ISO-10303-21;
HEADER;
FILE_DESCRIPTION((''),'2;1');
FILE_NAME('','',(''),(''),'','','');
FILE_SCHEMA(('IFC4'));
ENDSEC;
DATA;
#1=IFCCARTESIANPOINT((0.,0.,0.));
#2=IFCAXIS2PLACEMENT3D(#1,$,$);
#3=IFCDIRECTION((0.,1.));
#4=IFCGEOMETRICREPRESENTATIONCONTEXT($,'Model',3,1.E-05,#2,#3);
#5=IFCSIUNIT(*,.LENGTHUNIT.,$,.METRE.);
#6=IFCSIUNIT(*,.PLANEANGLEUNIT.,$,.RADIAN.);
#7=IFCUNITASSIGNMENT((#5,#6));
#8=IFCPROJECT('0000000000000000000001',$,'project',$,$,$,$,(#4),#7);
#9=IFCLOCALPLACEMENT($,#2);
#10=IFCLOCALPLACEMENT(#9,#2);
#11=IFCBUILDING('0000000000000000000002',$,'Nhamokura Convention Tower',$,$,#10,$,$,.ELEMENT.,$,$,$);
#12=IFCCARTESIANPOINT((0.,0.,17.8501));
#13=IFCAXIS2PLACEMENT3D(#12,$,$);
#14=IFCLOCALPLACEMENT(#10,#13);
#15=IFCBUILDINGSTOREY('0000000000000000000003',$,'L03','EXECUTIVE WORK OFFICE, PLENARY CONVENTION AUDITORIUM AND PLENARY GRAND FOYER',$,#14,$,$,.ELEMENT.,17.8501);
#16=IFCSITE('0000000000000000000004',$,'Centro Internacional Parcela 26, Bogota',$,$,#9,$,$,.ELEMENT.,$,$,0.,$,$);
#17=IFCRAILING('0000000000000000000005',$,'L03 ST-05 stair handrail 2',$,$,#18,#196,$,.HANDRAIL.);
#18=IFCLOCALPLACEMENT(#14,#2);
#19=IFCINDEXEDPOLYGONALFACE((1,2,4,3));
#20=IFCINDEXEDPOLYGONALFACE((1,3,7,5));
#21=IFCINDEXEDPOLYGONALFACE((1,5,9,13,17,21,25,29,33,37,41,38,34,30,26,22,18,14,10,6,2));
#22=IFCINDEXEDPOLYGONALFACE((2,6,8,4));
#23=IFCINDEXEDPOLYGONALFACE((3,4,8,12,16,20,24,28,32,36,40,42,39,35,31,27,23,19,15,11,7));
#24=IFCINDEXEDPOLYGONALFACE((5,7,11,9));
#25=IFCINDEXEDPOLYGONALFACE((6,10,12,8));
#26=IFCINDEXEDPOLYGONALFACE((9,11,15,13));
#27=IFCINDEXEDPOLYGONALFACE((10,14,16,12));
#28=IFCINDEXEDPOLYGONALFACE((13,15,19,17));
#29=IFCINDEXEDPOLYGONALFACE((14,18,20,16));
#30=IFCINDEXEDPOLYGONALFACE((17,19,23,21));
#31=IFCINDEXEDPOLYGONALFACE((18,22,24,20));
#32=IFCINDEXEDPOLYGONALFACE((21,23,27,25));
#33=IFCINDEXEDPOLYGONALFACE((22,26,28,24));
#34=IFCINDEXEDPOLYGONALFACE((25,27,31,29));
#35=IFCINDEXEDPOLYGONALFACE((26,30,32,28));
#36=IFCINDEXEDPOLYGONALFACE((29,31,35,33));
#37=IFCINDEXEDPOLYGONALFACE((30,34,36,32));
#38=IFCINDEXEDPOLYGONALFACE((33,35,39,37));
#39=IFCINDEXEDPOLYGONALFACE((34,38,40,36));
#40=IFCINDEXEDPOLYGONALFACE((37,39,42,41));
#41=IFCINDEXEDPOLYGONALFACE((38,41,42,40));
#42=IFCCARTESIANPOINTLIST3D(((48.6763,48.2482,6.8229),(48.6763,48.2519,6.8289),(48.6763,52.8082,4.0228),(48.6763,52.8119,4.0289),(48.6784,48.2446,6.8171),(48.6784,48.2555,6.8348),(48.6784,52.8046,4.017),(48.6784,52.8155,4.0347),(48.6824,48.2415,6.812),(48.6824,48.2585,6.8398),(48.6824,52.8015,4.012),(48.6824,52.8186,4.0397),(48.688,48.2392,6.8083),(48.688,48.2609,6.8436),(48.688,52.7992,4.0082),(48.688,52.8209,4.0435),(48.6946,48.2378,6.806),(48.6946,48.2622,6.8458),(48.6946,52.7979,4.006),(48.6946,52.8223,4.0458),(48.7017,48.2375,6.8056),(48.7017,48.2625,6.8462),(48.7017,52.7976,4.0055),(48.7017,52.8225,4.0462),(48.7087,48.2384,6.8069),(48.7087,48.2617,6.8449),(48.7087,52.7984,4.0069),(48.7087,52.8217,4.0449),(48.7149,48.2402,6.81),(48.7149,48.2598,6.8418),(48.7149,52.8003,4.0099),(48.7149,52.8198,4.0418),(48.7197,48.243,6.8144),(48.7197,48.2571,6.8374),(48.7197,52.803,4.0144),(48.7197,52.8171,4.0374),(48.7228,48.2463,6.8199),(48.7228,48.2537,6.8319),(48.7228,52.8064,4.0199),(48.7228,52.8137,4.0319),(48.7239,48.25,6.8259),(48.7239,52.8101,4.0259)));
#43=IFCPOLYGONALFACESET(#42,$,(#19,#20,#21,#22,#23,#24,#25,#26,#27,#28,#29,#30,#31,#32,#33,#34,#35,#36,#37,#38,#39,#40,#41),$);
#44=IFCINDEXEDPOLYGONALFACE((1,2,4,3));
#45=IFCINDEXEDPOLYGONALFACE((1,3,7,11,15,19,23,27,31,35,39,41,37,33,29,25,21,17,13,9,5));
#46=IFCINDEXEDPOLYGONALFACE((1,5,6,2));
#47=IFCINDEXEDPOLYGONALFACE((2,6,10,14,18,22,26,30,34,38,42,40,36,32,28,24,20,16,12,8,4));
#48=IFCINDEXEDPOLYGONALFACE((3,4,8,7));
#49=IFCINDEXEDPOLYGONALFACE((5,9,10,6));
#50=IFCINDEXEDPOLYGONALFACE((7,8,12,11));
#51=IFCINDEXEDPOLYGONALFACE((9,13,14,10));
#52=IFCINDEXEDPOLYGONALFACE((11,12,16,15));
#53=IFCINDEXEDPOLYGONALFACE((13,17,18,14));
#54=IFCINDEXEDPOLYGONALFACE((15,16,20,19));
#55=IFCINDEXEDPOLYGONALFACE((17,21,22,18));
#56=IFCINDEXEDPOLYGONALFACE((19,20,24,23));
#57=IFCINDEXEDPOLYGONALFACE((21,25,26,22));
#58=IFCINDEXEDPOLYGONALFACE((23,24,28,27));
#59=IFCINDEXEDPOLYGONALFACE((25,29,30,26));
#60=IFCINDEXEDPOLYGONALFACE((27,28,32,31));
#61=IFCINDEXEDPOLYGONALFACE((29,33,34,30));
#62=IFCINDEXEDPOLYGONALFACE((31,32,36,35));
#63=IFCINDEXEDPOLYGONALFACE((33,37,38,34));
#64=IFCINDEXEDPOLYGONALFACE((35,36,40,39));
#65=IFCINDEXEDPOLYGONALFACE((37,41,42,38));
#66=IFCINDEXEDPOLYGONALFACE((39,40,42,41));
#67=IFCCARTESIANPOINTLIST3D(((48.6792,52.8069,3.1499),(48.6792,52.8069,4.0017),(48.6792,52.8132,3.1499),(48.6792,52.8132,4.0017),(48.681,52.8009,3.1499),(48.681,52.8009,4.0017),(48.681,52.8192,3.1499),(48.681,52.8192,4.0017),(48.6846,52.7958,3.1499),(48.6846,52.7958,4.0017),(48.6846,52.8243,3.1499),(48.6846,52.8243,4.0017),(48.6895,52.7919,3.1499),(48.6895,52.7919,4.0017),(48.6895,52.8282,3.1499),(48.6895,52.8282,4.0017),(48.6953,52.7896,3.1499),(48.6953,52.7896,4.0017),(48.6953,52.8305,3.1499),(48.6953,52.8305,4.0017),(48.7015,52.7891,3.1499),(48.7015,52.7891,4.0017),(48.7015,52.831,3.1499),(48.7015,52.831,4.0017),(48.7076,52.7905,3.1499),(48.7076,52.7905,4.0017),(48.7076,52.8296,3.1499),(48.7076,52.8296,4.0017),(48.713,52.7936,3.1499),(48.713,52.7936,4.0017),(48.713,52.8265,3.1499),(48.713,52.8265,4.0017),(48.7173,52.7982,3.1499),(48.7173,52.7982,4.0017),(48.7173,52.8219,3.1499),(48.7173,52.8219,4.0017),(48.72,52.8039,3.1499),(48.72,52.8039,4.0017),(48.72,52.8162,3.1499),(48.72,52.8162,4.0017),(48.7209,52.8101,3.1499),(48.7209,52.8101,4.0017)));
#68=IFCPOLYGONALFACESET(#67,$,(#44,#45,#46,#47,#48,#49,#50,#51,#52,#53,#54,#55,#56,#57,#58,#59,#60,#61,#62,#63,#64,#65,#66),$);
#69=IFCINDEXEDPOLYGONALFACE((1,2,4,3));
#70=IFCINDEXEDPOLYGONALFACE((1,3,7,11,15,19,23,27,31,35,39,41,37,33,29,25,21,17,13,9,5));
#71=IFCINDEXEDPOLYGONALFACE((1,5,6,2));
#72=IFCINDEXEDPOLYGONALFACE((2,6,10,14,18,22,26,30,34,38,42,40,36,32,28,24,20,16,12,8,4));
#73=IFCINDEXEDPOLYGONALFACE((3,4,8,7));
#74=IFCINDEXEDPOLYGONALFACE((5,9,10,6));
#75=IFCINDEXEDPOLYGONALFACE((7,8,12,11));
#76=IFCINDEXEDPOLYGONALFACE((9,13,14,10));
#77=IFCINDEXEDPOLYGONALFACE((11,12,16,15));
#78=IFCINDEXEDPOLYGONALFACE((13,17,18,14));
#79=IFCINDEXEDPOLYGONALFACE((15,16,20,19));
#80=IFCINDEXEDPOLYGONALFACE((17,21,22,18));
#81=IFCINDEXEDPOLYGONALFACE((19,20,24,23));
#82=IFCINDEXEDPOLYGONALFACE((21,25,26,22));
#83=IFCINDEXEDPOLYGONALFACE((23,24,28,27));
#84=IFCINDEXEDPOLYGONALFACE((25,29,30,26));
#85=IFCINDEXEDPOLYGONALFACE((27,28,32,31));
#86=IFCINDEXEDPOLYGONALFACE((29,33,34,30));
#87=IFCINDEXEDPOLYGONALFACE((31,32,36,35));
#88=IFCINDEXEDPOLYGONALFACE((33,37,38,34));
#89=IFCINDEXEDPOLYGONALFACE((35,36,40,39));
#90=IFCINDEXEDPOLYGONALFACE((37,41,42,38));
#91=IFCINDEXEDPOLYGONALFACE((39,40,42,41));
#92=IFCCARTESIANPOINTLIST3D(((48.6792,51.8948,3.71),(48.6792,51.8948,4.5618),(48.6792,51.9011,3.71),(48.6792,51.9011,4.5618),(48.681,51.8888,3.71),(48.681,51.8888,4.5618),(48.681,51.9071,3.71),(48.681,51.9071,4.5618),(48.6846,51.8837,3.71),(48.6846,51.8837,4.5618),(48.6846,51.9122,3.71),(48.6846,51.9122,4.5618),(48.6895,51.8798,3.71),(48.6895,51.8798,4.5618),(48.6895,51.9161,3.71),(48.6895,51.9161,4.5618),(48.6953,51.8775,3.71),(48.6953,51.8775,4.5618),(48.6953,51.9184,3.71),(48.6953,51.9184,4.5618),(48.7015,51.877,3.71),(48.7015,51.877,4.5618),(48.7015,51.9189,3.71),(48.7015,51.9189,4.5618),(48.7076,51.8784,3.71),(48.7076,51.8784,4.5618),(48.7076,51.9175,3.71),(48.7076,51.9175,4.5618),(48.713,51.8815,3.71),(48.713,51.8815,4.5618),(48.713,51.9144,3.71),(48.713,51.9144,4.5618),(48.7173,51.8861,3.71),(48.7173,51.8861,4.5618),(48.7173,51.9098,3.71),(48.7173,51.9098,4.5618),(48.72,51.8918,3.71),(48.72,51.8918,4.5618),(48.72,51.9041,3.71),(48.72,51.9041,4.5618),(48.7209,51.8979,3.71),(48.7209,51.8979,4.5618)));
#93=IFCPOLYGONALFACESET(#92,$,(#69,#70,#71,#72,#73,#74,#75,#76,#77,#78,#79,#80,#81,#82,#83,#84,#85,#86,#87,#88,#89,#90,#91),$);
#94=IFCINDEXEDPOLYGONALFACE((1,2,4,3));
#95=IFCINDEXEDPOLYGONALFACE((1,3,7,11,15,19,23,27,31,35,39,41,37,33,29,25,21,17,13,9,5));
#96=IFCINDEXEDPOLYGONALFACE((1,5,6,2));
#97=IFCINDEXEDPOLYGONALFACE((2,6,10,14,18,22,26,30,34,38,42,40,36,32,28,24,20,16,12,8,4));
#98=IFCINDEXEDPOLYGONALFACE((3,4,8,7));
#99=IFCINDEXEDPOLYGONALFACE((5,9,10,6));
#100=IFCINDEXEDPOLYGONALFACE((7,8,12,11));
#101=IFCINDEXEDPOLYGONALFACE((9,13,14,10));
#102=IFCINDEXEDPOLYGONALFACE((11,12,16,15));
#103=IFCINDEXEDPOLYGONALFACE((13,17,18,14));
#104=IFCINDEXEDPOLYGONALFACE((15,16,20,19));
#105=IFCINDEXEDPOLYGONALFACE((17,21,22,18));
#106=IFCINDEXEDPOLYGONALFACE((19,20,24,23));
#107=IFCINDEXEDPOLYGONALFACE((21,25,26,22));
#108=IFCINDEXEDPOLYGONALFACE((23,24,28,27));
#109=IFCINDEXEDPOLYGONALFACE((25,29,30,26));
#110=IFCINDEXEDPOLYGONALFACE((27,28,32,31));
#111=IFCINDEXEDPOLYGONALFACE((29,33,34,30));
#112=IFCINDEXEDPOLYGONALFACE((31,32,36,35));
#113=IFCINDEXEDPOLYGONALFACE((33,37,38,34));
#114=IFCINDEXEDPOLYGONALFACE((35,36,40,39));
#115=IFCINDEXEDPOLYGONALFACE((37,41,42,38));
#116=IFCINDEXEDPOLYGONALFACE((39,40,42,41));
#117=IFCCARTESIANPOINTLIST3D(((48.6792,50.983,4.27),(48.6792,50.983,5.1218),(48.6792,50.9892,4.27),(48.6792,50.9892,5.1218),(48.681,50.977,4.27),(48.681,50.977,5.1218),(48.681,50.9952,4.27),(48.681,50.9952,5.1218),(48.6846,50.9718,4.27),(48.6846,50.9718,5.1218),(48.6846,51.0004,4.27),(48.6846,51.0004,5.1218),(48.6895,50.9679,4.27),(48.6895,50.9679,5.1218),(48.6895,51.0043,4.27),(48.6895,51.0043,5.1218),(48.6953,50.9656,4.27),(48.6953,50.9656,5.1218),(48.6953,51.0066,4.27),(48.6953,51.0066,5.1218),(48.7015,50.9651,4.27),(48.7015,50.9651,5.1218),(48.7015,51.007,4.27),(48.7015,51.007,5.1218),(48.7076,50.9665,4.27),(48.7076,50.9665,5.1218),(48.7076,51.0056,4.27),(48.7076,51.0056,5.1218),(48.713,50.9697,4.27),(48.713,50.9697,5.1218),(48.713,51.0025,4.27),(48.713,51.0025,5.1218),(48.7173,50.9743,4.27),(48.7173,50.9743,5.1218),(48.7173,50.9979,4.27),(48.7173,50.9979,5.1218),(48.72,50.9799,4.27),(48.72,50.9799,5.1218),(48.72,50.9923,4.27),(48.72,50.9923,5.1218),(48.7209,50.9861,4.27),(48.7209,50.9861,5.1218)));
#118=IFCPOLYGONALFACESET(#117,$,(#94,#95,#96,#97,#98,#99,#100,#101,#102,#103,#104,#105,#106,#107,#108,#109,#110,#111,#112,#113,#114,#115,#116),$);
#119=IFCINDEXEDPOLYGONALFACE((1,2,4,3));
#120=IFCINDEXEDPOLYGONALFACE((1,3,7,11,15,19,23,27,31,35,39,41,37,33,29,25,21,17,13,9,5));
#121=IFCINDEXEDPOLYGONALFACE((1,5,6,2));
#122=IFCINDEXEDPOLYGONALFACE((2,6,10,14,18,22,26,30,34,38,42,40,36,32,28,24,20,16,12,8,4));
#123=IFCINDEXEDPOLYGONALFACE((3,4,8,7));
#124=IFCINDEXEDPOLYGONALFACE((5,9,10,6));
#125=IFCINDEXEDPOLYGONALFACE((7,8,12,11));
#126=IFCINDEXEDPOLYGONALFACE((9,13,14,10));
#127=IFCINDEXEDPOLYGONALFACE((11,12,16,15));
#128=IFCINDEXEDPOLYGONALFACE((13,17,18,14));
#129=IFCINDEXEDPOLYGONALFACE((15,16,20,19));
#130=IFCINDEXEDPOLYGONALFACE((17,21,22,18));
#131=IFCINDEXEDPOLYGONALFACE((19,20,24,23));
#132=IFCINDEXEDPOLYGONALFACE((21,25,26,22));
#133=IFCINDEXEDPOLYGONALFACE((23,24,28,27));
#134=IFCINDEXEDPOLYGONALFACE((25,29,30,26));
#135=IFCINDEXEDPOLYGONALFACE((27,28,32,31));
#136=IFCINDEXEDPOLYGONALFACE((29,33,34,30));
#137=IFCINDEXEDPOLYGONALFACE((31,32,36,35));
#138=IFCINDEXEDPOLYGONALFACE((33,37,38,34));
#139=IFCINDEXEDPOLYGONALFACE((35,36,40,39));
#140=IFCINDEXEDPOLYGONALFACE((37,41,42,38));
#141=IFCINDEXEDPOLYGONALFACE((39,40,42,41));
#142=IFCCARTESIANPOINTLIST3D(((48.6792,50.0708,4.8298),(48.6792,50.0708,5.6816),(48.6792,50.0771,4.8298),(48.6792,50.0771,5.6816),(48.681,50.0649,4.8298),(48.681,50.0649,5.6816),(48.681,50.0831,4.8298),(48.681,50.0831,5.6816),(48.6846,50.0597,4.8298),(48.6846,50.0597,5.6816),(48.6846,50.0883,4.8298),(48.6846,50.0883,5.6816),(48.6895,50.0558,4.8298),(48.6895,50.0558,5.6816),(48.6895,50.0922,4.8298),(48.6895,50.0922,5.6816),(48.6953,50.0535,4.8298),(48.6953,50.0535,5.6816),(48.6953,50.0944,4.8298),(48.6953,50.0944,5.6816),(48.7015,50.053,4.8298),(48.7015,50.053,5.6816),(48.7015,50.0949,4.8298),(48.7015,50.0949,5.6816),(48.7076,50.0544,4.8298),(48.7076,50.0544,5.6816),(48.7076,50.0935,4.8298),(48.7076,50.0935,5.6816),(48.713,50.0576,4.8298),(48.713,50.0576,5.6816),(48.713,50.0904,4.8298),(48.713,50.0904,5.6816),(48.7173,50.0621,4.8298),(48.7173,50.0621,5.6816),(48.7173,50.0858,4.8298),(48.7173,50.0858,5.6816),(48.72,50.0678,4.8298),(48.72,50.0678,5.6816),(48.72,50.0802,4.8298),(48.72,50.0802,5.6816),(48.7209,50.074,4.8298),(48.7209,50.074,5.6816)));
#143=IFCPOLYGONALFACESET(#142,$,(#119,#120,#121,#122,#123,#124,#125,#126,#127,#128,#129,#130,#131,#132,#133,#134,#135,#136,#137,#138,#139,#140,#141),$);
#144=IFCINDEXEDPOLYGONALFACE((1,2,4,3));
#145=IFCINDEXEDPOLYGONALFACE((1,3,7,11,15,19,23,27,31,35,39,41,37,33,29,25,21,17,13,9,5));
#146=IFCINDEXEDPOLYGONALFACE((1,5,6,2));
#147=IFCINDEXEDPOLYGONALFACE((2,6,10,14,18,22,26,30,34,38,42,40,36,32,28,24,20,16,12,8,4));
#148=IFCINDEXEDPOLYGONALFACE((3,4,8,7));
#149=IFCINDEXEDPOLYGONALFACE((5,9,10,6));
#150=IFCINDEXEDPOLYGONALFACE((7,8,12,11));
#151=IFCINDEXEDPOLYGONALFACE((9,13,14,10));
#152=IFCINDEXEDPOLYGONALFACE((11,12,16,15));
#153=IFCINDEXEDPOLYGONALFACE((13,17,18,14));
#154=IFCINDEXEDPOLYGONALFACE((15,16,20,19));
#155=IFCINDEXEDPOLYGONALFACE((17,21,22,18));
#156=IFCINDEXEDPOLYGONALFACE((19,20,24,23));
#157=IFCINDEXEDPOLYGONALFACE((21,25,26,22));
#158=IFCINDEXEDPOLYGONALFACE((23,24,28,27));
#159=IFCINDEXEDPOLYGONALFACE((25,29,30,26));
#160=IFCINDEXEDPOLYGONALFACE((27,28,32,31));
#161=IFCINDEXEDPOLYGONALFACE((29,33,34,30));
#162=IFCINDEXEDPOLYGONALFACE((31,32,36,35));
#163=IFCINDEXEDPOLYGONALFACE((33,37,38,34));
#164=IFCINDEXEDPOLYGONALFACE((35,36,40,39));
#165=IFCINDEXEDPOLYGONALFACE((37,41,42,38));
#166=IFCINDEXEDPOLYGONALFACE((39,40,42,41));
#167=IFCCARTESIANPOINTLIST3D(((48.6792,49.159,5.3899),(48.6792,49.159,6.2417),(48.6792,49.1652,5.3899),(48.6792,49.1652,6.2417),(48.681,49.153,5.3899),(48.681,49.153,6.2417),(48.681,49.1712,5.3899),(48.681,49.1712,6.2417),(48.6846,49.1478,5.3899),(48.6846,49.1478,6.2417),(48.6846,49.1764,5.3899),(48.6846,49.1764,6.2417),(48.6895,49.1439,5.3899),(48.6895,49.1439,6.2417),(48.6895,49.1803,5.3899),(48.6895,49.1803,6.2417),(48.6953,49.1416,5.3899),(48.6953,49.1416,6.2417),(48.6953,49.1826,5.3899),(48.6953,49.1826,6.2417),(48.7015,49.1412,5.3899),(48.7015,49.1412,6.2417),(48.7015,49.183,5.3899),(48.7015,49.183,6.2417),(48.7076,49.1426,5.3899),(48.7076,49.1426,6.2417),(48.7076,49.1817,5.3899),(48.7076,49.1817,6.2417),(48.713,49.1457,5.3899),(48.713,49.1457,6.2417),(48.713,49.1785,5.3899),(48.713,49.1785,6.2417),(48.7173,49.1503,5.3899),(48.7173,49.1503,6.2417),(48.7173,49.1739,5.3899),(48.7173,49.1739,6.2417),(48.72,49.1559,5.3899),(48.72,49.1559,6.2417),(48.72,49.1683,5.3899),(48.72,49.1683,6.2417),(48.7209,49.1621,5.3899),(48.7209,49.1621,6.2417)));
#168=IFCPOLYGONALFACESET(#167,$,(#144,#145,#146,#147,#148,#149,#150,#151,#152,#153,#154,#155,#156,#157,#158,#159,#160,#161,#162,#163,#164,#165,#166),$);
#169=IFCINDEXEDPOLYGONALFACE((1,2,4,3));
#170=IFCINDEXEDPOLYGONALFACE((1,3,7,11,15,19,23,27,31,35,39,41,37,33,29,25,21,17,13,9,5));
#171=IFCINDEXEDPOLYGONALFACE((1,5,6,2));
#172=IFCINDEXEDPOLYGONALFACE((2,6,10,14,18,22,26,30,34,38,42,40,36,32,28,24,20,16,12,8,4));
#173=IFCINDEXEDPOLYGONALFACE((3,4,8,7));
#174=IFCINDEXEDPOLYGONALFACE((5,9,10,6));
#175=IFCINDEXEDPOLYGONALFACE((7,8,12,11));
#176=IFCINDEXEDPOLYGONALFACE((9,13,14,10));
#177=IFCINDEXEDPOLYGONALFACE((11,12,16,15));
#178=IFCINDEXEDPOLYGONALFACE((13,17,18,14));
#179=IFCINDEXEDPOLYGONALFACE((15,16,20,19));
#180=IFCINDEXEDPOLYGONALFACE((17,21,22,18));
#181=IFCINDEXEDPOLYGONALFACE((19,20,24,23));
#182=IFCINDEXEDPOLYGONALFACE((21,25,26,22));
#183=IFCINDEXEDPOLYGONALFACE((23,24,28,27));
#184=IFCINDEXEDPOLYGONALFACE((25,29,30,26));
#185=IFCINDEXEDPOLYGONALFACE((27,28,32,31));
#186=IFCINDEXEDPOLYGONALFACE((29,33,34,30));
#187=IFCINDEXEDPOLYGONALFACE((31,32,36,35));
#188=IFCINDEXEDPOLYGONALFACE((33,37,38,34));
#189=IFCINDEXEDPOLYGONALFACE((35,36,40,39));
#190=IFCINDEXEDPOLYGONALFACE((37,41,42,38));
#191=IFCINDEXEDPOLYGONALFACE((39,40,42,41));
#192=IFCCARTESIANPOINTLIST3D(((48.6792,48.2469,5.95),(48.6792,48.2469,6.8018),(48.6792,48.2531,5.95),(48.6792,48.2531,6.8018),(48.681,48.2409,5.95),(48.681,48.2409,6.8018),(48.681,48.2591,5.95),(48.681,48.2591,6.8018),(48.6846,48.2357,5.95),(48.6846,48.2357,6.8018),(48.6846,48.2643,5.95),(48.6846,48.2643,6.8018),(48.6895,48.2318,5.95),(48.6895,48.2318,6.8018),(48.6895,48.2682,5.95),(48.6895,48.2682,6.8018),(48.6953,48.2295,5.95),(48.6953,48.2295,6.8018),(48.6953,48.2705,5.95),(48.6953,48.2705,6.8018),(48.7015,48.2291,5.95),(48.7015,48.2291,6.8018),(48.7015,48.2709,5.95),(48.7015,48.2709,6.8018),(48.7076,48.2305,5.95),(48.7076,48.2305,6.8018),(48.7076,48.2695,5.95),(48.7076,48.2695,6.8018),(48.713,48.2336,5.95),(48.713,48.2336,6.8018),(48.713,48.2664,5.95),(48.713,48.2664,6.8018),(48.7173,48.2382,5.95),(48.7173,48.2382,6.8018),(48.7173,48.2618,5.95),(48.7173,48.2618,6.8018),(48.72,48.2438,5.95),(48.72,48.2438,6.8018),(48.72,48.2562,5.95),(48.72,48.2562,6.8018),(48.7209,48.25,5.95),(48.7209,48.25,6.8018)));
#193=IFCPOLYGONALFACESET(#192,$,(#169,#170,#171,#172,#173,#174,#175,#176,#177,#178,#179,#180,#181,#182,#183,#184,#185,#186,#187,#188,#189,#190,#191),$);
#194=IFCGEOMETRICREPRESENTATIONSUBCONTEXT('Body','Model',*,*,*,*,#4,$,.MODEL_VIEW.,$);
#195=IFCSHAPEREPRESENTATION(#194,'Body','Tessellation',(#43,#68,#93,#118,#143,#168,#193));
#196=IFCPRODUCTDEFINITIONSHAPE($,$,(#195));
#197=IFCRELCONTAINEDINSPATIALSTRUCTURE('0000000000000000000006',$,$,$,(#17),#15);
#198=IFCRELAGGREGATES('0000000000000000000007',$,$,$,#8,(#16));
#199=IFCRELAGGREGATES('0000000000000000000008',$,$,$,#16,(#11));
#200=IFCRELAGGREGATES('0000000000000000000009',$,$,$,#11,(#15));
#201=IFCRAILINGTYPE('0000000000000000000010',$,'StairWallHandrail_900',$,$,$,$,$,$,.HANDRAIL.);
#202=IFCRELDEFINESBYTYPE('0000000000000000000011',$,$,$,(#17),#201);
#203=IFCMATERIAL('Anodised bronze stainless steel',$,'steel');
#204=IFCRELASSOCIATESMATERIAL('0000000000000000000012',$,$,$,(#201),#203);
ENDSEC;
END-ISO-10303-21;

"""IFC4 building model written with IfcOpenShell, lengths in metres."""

from ifc_helpers import new_model, si_unit, direction, frame, origin, origin_2d, place, context, subcontext, project, spatial, circle, extrude, material, type_object, element, save


model = new_model("IFC4")

# Units and contexts
model_context = context("Model", 3, precision=1e-05, world=origin(), true_north=direction((0.0, 1.0)))
body_context = subcontext(model_context, "Body", "Model", "MODEL_VIEW")
ifc_project = project(units=[si_unit("LENGTHUNIT", "METRE"), si_unit("PLANEANGLEUNIT", "RADIAN")], contexts=[model_context])

# Site, building, storey
site_placement = place(None, origin())
site = spatial("IfcSite", under=ifc_project, at=site_placement, Name="Centro Internacional Parcela 26, Bogota", CompositionType="ELEMENT", RefElevation=0.0)
building_placement = place(site_placement, origin())
building = spatial("IfcBuilding", under=site, at=building_placement, Name="Nhamokura Convention Tower", CompositionType="ELEMENT")
storey_placement = place(building_placement, frame((0.0, 0.0, 17.8501)))
storey = spatial("IfcBuildingStorey", under=building, at=storey_placement, Name="L03", Description="EXECUTIVE WORK OFFICE, PLENARY CONVENTION AUDITORIUM AND PLENARY GRAND FOYER", CompositionType="ELEMENT", Elevation=17.8501)

# Railing
ifc_material_1 = material(Name="Anodised bronze stainless steel", Category="steel")
railing_type_1 = type_object("IfcRailingType", Name="StairWallHandrail_900", PredefinedType="HANDRAIL", material=ifc_material_1)
railing_1_placement = place(storey_placement, frame((48.7, 52.8101, 3.1499)))
element("IfcRailing", 1, at=railing_1_placement, inside=storey, type_object=railing_type_1, Name="L03 ST-05 stair handrail 2", PredefinedType="HANDRAIL", context=body_context, shape_type="SweptSolid", body=[
    extrude(circle(Radius=0.0239, at=origin_2d()), frame((0.0, 0.0, 0.876), z_axis=(0.0, -0.85217, 0.523265), x_axis=(1.0, 0.0, 0.0)), (0.0, 0.0, 1.0), 5.3511),
    extrude(circle(Radius=0.021, at=origin_2d()), origin(), (0.0, 0.0, 1.0), 0.8518),
    extrude(circle(Radius=0.021, at=origin_2d()), frame((0.0, -0.9121, 0.5601)), (0.0, 0.0, 1.0), 0.8518),
    extrude(circle(Radius=0.021, at=origin_2d()), frame((0.0, -1.824, 1.1201)), (0.0, 0.0, 1.0), 0.8518),
    extrude(circle(Radius=0.021, at=origin_2d()), frame((0.0, -2.7361, 1.6799)), (0.0, 0.0, 1.0), 0.8518),
    extrude(circle(Radius=0.021, at=origin_2d()), frame((0.0, -3.6479, 2.24)), (0.0, 0.0, 1.0), 0.8518),
    extrude(circle(Radius=0.021, at=origin_2d()), frame((0.0, -4.5601, 2.8)), (0.0, 0.0, 1.0), 0.8518),
])

save(model, "model.ifc")
